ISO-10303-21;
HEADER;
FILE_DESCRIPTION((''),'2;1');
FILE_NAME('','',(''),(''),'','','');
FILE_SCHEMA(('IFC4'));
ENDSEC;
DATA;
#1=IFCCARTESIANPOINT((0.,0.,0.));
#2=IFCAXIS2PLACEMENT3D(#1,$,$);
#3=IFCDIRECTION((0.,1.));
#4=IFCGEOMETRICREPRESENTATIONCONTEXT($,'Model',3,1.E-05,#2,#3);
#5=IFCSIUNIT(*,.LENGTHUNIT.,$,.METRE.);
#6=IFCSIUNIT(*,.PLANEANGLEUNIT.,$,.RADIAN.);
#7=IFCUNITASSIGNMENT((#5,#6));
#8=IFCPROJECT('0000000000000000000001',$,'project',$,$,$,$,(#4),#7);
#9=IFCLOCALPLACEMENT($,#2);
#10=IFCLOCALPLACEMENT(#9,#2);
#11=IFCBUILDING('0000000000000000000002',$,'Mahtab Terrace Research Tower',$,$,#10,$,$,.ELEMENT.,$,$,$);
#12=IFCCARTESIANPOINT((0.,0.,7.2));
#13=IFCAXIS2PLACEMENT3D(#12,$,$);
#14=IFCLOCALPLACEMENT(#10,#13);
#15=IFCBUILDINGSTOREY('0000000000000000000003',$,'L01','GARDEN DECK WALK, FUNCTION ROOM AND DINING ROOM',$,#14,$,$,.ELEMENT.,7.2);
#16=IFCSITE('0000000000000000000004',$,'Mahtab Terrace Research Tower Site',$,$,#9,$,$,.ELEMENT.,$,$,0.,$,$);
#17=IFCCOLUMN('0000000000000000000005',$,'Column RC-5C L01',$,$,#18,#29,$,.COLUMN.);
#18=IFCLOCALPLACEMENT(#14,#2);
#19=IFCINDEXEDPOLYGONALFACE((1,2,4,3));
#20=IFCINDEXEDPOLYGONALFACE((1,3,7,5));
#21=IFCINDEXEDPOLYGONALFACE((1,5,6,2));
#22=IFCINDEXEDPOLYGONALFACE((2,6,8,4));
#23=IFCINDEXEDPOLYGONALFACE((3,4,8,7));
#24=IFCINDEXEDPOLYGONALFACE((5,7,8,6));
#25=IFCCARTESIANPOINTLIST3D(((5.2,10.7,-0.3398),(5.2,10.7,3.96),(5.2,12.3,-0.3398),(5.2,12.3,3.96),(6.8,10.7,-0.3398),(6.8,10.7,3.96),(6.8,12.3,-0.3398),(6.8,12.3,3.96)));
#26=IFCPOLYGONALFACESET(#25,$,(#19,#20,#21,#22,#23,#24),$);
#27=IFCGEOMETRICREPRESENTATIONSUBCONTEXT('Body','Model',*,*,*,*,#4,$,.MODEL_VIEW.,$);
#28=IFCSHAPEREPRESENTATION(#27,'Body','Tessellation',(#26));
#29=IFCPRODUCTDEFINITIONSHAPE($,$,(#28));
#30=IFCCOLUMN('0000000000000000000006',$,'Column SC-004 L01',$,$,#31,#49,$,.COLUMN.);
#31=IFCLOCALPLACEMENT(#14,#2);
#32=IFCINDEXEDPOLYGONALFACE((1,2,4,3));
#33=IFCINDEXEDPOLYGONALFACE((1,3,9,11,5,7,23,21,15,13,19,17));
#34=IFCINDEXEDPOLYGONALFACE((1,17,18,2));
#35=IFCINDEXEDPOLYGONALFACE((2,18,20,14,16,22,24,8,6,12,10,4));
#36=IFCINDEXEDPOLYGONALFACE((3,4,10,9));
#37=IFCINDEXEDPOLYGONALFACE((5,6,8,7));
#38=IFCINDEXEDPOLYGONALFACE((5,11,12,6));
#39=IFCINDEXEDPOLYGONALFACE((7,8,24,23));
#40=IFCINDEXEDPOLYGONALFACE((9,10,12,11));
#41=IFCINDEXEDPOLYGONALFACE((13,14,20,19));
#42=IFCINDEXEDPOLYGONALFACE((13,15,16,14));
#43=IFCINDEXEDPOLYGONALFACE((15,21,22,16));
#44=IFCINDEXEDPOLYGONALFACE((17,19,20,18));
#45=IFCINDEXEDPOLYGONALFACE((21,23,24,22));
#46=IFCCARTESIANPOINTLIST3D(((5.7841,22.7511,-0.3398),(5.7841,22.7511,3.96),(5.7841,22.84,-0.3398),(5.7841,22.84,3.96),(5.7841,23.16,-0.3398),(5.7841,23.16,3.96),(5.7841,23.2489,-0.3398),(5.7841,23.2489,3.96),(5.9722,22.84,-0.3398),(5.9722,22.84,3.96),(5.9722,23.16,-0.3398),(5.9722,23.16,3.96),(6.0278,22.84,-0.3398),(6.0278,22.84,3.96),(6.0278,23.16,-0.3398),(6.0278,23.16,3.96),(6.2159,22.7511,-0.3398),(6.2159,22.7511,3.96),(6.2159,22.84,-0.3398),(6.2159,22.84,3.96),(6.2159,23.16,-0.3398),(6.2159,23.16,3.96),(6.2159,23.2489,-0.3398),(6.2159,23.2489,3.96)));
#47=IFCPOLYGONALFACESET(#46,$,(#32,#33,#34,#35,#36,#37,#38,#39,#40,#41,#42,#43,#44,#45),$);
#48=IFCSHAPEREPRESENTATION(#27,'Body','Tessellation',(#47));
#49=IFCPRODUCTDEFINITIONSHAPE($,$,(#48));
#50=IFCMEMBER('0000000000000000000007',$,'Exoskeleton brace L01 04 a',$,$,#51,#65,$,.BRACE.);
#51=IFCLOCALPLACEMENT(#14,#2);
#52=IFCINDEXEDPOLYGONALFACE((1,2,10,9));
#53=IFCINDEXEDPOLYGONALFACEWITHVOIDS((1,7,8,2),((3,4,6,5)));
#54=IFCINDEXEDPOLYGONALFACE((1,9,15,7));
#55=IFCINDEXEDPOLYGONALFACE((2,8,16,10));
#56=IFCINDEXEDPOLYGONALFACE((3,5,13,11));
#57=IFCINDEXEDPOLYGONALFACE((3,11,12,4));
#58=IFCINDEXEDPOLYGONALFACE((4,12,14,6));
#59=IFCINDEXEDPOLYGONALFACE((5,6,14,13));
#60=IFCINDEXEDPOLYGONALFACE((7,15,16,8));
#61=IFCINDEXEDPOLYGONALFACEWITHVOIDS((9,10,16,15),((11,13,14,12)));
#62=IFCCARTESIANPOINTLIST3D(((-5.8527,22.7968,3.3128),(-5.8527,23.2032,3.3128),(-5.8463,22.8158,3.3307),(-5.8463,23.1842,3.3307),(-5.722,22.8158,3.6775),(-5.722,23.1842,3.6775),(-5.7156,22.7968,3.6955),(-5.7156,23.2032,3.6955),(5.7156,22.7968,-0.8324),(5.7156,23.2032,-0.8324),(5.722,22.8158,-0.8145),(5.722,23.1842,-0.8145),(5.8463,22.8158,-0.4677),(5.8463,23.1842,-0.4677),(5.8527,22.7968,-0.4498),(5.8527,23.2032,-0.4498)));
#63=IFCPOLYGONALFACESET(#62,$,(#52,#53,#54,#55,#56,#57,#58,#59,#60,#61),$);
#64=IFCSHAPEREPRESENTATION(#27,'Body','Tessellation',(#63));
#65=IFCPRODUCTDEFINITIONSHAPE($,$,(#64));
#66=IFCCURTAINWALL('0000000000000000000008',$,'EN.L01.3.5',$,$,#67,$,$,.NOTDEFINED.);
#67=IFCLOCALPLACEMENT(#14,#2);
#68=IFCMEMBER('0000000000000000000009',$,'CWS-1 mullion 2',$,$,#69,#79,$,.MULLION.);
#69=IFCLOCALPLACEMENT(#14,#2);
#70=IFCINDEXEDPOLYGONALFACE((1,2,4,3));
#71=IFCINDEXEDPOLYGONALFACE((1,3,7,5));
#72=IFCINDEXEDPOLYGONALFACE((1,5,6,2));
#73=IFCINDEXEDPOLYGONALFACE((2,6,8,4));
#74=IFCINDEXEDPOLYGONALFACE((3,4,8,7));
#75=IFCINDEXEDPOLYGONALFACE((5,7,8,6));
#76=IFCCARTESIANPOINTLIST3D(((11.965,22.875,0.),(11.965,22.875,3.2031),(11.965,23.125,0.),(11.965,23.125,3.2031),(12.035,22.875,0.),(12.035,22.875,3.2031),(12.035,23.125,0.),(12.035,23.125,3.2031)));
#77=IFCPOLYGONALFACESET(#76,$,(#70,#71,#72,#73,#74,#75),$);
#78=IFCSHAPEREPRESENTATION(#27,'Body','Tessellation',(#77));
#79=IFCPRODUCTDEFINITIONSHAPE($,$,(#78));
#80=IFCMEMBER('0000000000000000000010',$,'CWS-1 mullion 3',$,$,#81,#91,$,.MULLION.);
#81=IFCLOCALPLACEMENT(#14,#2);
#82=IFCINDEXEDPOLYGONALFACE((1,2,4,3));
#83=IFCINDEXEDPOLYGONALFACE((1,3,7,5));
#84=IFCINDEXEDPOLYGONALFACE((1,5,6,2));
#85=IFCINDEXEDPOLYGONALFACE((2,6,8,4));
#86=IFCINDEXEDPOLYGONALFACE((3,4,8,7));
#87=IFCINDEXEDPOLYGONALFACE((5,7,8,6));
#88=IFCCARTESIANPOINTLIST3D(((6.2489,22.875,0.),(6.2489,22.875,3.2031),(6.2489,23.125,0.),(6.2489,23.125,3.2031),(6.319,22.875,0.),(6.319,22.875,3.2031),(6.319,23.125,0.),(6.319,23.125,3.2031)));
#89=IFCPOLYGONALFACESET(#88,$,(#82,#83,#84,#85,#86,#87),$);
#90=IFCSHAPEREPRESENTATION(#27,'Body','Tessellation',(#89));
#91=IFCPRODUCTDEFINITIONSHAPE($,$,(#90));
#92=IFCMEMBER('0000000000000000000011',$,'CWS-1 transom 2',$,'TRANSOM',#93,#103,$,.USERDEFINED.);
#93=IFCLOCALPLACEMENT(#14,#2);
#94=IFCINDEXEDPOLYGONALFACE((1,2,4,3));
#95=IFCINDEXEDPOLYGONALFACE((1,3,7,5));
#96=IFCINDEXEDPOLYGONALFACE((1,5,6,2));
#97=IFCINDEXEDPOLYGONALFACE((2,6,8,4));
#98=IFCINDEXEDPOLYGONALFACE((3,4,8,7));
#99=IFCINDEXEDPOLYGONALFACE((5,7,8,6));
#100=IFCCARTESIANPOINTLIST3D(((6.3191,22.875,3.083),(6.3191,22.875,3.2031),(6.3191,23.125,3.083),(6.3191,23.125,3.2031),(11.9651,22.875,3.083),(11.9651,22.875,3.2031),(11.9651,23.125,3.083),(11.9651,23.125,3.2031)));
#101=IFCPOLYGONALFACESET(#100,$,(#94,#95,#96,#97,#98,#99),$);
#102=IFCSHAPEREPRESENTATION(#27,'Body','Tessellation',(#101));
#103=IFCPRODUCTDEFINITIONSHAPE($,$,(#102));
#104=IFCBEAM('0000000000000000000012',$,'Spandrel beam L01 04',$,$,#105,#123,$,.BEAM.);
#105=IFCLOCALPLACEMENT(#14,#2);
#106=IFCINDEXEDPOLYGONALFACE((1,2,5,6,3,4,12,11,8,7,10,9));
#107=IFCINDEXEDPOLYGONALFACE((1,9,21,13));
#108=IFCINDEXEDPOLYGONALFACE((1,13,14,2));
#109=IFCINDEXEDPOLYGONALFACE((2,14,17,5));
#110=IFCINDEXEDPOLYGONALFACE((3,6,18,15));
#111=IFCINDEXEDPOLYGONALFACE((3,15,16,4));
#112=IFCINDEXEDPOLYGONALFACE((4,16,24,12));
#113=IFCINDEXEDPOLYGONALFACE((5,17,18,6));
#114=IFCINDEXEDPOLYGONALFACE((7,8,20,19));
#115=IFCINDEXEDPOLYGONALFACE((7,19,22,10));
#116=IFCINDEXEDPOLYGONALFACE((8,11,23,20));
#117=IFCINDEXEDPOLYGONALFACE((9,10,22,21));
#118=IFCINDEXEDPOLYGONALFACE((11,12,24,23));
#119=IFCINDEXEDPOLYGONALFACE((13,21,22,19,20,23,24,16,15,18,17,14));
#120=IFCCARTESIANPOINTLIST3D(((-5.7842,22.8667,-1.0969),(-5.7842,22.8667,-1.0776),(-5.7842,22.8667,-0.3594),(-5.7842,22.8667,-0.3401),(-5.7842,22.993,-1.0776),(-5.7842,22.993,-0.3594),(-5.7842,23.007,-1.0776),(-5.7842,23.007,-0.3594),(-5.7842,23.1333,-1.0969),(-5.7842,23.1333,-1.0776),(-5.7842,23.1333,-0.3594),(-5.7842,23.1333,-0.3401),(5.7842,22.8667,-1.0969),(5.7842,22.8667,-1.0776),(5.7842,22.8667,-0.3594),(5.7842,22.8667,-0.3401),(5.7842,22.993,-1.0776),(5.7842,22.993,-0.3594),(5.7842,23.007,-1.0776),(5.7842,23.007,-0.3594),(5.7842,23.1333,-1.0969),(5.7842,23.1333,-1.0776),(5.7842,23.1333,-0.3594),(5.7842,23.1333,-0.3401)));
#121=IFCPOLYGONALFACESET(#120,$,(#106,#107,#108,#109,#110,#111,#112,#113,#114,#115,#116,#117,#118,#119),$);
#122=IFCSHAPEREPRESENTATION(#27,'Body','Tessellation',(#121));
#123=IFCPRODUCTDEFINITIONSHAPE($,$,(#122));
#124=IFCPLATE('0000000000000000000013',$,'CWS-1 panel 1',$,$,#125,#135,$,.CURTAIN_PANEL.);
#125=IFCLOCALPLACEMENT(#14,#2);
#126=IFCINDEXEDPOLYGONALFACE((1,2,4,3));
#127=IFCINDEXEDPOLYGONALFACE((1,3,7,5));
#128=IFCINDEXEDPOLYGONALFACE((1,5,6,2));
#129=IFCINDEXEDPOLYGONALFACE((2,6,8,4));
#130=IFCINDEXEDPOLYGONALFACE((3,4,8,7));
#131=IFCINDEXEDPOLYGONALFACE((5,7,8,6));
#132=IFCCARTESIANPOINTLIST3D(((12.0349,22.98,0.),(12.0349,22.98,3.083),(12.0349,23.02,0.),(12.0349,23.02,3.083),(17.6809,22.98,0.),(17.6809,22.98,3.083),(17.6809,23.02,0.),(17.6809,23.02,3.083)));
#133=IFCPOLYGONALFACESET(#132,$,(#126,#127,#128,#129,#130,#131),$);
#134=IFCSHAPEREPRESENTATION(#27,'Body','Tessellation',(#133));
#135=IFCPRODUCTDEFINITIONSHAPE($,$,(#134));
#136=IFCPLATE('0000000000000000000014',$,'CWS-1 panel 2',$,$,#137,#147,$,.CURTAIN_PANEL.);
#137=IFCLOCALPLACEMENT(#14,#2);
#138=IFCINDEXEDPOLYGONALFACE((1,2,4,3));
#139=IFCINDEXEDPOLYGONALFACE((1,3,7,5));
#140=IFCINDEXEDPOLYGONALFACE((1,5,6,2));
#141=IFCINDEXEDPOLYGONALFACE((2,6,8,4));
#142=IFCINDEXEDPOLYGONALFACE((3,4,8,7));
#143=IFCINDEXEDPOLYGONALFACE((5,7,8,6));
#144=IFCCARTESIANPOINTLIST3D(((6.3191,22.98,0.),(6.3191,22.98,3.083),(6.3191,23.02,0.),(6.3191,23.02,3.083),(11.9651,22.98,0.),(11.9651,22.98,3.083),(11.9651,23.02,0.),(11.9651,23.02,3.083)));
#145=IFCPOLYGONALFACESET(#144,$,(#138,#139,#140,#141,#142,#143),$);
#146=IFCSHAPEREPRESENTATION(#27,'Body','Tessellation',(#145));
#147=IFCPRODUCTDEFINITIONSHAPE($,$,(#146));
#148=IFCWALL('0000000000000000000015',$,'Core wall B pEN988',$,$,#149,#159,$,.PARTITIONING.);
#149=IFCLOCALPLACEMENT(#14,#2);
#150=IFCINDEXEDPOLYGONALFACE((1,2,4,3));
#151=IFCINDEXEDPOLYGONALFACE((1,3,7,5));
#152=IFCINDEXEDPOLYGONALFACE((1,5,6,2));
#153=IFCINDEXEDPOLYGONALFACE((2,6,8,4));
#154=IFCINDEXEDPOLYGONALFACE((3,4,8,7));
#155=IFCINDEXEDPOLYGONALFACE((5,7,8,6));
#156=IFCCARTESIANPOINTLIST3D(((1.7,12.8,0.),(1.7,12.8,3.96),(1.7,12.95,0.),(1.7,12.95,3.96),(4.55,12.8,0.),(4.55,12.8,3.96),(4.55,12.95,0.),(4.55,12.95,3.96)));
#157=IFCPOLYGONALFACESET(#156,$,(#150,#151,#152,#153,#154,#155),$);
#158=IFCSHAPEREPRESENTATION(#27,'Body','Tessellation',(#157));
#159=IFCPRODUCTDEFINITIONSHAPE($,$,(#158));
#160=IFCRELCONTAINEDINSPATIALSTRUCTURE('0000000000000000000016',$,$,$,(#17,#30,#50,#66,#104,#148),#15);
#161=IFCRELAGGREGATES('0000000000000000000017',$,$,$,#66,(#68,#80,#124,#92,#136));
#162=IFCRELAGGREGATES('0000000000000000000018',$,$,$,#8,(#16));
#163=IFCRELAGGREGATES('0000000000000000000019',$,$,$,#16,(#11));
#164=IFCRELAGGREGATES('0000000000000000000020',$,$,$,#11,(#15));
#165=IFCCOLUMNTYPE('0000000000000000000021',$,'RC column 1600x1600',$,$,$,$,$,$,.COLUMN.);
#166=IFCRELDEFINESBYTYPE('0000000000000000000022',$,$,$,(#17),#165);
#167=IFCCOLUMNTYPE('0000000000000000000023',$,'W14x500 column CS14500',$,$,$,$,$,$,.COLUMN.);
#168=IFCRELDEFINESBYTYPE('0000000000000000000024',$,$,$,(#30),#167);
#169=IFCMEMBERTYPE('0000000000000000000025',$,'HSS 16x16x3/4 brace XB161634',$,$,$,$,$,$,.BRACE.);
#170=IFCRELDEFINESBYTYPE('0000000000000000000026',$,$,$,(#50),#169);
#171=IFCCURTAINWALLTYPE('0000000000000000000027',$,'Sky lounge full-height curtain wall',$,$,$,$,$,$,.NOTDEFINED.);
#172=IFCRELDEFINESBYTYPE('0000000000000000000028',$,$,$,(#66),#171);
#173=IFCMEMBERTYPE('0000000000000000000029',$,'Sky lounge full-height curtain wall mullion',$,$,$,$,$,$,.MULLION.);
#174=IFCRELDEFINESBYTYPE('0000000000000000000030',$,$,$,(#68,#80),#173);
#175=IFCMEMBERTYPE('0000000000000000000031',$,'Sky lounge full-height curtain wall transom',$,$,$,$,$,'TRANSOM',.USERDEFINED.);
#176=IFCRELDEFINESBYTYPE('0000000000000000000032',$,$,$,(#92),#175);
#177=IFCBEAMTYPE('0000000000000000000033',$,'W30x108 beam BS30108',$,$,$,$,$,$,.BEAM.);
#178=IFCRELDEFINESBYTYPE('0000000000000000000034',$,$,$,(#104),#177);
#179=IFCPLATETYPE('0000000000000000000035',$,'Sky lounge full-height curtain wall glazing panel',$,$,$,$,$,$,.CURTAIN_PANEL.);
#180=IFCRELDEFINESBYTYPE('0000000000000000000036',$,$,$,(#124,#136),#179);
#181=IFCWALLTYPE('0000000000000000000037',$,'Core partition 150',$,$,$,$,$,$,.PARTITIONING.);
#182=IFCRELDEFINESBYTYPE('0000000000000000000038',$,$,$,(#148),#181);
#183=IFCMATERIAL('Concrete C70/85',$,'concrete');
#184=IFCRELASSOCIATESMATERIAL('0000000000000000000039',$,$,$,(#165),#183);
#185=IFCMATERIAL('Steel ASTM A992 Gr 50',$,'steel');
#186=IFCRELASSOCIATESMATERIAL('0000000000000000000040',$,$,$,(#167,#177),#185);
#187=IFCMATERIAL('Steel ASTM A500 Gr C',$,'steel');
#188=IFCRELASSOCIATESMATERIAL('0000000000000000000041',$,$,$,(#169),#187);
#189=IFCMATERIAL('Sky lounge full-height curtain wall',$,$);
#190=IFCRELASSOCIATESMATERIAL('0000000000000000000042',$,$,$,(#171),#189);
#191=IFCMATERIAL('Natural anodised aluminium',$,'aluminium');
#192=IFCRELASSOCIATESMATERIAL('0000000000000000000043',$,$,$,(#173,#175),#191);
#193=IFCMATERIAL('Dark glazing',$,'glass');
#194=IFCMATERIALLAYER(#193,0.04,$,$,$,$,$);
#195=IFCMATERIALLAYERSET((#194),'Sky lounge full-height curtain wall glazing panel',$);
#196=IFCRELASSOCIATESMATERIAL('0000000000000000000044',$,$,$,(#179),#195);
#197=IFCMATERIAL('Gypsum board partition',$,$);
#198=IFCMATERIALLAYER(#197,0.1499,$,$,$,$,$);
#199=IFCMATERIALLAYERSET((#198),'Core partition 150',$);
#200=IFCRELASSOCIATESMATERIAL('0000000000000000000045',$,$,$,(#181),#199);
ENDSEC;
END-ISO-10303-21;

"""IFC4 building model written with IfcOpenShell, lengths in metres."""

from ifc_helpers import new_model, si_unit, direction, frame, frame_2d, origin, origin_2d, place, context, subcontext, project, spatial, rectangle, hollow_rectangle, i_section, extrude, material, layer, layer_set, material_profile, profile_set, type_object, element, aggregate, save


model = new_model("IFC4")

# Units and contexts
model_context = context("Model", 3, precision=1e-05, world=origin(), true_north=direction((0.0, 1.0)))
body_context = subcontext(model_context, "Body", "Model", "MODEL_VIEW")
ifc_project = project(units=[si_unit("LENGTHUNIT", "METRE"), si_unit("PLANEANGLEUNIT", "RADIAN")], contexts=[model_context])

# Site, building, storey
site_placement = place(None, origin())
site = spatial("IfcSite", under=ifc_project, at=site_placement, Name="Mahtab Terrace Research Tower Site", CompositionType="ELEMENT", RefElevation=0.0)
building_placement = place(site_placement, origin())
building = spatial("IfcBuilding", under=site, at=building_placement, Name="Mahtab Terrace Research Tower", CompositionType="ELEMENT")
storey_placement = place(building_placement, frame((0.0, 0.0, 7.2)))
storey = spatial("IfcBuildingStorey", under=building, at=storey_placement, Name="L01", Description="GARDEN DECK WALK, FUNCTION ROOM AND DINING ROOM", CompositionType="ELEMENT", Elevation=7.2)

# Columns
ifc_material_1 = material(Name="Concrete C70/85", Category="concrete")
ifc_material_profile_1 = material_profile(ifc_material_1, rectangle(XDim=1.6001, YDim=1.6001, at=origin_2d()), Name="RC column 1600x1600")
ifc_profile_set_1 = profile_set([ifc_material_profile_1], Name="Concrete C70/85")
column_type_1 = type_object("IfcColumnType", Name="RC column 1600x1600", PredefinedType="COLUMN", material=ifc_profile_set_1)
column_1_placement = place(storey_placement, frame((6.0, 11.5, -0.3398), z_axis=(0.0, 0.0, 1.0), x_axis=(1.0, 0.0, 0.0)))
element("IfcColumn", 1, at=column_1_placement, inside=storey, type_object=column_type_1, Name="Column RC-5C L01", PredefinedType="COLUMN", context=body_context, shape_type="SweptSolid", body=[
    extrude(rectangle(XDim=1.6001, YDim=1.6001, at=origin_2d()), origin(), (0.0, 0.0, 1.0), 4.2998),
])
ifc_material_2 = material(Name="Steel ASTM A992 Gr 50", Category="steel")
ifc_material_profile_2 = material_profile(ifc_material_2, i_section(OverallWidth=0.4319, OverallDepth=0.4978, WebThickness=0.0557, FlangeThickness=0.0889, at=origin_2d()), Name="W14X500")
ifc_profile_set_2 = profile_set([ifc_material_profile_2], Name="Steel ASTM A992 Gr 50")
column_type_2 = type_object("IfcColumnType", Name="W14x500 column CS14500", PredefinedType="COLUMN", material=ifc_profile_set_2)
column_2_placement = place(storey_placement, frame((6.0, 23.0, -0.3398), z_axis=(0.0, 0.0, 1.0), x_axis=(1.0, 0.0, 0.0)))
element("IfcColumn", 2, at=column_2_placement, inside=storey, type_object=column_type_2, Name="Column SC-004 L01", PredefinedType="COLUMN", context=body_context, shape_type="SweptSolid", body=[
    extrude(i_section(OverallWidth=0.4319, OverallDepth=0.4978, WebThickness=0.0557, FlangeThickness=0.0889, at=origin_2d()), origin(), (0.0, 0.0, 1.0), 4.2998),
])

# Member
ifc_material_3 = material(Name="Steel ASTM A500 Gr C", Category="steel")
ifc_material_profile_3 = material_profile(ifc_material_3, hollow_rectangle(XDim=0.4065, YDim=0.4065, WallThickness=0.019, at=origin_2d()), Name="HSS16X16X3/4")
ifc_profile_set_3 = profile_set([ifc_material_profile_3], Name="Steel ASTM A500 Gr C")
member_type_1 = type_object("IfcMemberType", Name="HSS 16x16x3/4 brace XB161634", PredefinedType="BRACE", material=ifc_profile_set_3)
member_1_placement = place(storey_placement, frame((5.7842, 23.0, -0.6411), z_axis=(-0.941388, 0.0, 0.337325), x_axis=(0.0, -1.0, 0.0)))
element("IfcMember", 3, at=member_1_placement, inside=storey, type_object=member_type_1, Name="Exoskeleton brace L01 04 a", PredefinedType="BRACE", context=body_context, shape_type="SweptSolid", body=[
    extrude(hollow_rectangle(XDim=0.4065, YDim=0.4065, WallThickness=0.019, at=origin_2d()), origin(), (0.0, 0.0, 1.0), 12.2886),
])

# Curtain wall, members
ifc_material_4 = material(Name="Sky lounge full-height curtain wall")
curtain_wall_type = type_object("IfcCurtainWallType", Name="Sky lounge full-height curtain wall", PredefinedType="NOTDEFINED", material=ifc_material_4)
curtain_wall_placement = place(storey_placement, origin())
curtain_wall = element("IfcCurtainWall", 4, at=curtain_wall_placement, inside=storey, type_object=curtain_wall_type, Name="EN.L01.3.5", PredefinedType="NOTDEFINED")
ifc_material_5 = material(Name="Natural anodised aluminium", Category="aluminium")
ifc_material_profile_4 = material_profile(ifc_material_5, rectangle(XDim=0.25, YDim=0.0701, at=origin_2d()), Name="MULLION 70x250")
ifc_profile_set_4 = profile_set([ifc_material_profile_4], Name="Natural anodised aluminium")
member_type_2 = type_object("IfcMemberType", Name="Sky lounge full-height curtain wall mullion", PredefinedType="MULLION", material=ifc_profile_set_4)
member_2_placement = place(storey_placement, frame((12.0, 23.0, 0.0), z_axis=(0.0, 0.0, 1.0), x_axis=(0.0, -1.0, 0.0)))
member_2 = element("IfcMember", 5, at=member_2_placement, type_object=member_type_2, Name="CWS-1 mullion 2", PredefinedType="MULLION", context=body_context, shape_type="SweptSolid", body=[
    extrude(rectangle(XDim=0.25, YDim=0.0701, at=origin_2d()), origin(), (0.0, 0.0, 1.0), 3.2031),
])
member_3_placement = place(storey_placement, frame((6.2839, 23.0, 0.0), z_axis=(0.0, 0.0, 1.0), x_axis=(0.0, -1.0, 0.0)))
member_3 = element("IfcMember", 6, at=member_3_placement, type_object=member_type_2, Name="CWS-1 mullion 3", PredefinedType="MULLION", context=body_context, shape_type="SweptSolid", body=[
    extrude(rectangle(XDim=0.25, YDim=0.0701, at=origin_2d()), origin(), (0.0, 0.0, 1.0), 3.2031),
])
ifc_material_profile_5 = material_profile(ifc_material_5, rectangle(XDim=0.25, YDim=0.1201, at=origin_2d()), Name="TRANSOM 120x250")
ifc_profile_set_5 = profile_set([ifc_material_profile_5], Name="Natural anodised aluminium")
member_type_3 = type_object("IfcMemberType", Name="Sky lounge full-height curtain wall transom", ElementType="TRANSOM", PredefinedType="USERDEFINED", material=ifc_profile_set_5)
member_4_placement = place(storey_placement, frame((11.9651, 23.0, 3.1431), z_axis=(-1.0, 0.0, 0.0), x_axis=(0.0, -1.0, 0.0)))
member_4 = element("IfcMember", 7, at=member_4_placement, type_object=member_type_3, Name="CWS-1 transom 2", ObjectType="TRANSOM", PredefinedType="USERDEFINED", context=body_context, shape_type="SweptSolid", body=[
    extrude(rectangle(XDim=0.25, YDim=0.1201, at=origin_2d()), origin(), (0.0, 0.0, 1.0), 5.646),
])

# Beam
ifc_material_profile_6 = material_profile(ifc_material_2, i_section(OverallWidth=0.2666, OverallDepth=0.7568, WebThickness=0.0139, FlangeThickness=0.0193, at=origin_2d()), Name="W30X108")
ifc_profile_set_6 = profile_set([ifc_material_profile_6], Name="Steel ASTM A992 Gr 50")
beam_type = type_object("IfcBeamType", Name="W30x108 beam BS30108", PredefinedType="BEAM", material=ifc_profile_set_6)
beam_placement = place(storey_placement, frame((5.7842, 23.0, -0.7185), z_axis=(-1.0, 0.0, 0.0), x_axis=(0.0, -1.0, 0.0)))
element("IfcBeam", 8, at=beam_placement, inside=storey, type_object=beam_type, Name="Spandrel beam L01 04", PredefinedType="BEAM", context=body_context, shape_type="SweptSolid", body=[
    extrude(i_section(OverallWidth=0.2666, OverallDepth=0.7568, WebThickness=0.0139, FlangeThickness=0.0193, at=origin_2d()), origin(), (0.0, 0.0, 1.0), 11.5684),
])

# Plates
ifc_material_6 = material(Name="Dark glazing", Category="glass")
ifc_layer_1 = layer(ifc_material_6, 0.04)
ifc_layer_set_1 = layer_set([ifc_layer_1], Name="Sky lounge full-height curtain wall glazing panel")
plate_type = type_object("IfcPlateType", Name="Sky lounge full-height curtain wall glazing panel", PredefinedType="CURTAIN_PANEL", material=ifc_layer_set_1)
plate_1_placement = place(storey_placement, frame((14.8579, 23.0, 0.0), z_axis=(0.0, 0.0, 1.0), x_axis=(-1.0, 0.0, 0.0)))
plate_1 = element("IfcPlate", 9, at=plate_1_placement, type_object=plate_type, Name="CWS-1 panel 1", PredefinedType="CURTAIN_PANEL", context=body_context, shape_type="SweptSolid", body=[
    extrude(rectangle(XDim=5.646, YDim=0.04, at=origin_2d()), origin(), (0.0, 0.0, 1.0), 3.083),
])
plate_2_placement = place(storey_placement, frame((9.1421, 23.0, 0.0), z_axis=(0.0, 0.0, 1.0), x_axis=(-1.0, 0.0, 0.0)))
plate_2 = element("IfcPlate", 10, at=plate_2_placement, type_object=plate_type, Name="CWS-1 panel 2", PredefinedType="CURTAIN_PANEL", context=body_context, shape_type="SweptSolid", body=[
    extrude(rectangle(XDim=5.646, YDim=0.04, at=origin_2d()), origin(), (0.0, 0.0, 1.0), 3.083),
])
aggregate(curtain_wall, [member_2, member_3, plate_1, member_4, plate_2])

# Wall
ifc_material_7 = material(Name="Gypsum board partition")
ifc_layer_2 = layer(ifc_material_7, 0.1499)
ifc_layer_set_2 = layer_set([ifc_layer_2], Name="Core partition 150")
wall_type_1 = type_object("IfcWallType", Name="Core partition 150", PredefinedType="PARTITIONING", material=ifc_layer_set_2)
wall_1_placement = place(storey_placement, frame((1.7, 12.875, 0.0), z_axis=(0.0, 0.0, 1.0), x_axis=(1.0, 0.0, 0.0)))
element("IfcWall", 11, at=wall_1_placement, inside=storey, type_object=wall_type_1, Name="Core wall B pEN988", PredefinedType="PARTITIONING", context=body_context, shape_type="SweptSolid", body=[
    extrude(rectangle(XDim=2.8501, YDim=0.1499, at=frame_2d((1.425, 0.0))), origin(), (0.0, 0.0, 1.0), 3.96),
])

save(model, "model.ifc")
